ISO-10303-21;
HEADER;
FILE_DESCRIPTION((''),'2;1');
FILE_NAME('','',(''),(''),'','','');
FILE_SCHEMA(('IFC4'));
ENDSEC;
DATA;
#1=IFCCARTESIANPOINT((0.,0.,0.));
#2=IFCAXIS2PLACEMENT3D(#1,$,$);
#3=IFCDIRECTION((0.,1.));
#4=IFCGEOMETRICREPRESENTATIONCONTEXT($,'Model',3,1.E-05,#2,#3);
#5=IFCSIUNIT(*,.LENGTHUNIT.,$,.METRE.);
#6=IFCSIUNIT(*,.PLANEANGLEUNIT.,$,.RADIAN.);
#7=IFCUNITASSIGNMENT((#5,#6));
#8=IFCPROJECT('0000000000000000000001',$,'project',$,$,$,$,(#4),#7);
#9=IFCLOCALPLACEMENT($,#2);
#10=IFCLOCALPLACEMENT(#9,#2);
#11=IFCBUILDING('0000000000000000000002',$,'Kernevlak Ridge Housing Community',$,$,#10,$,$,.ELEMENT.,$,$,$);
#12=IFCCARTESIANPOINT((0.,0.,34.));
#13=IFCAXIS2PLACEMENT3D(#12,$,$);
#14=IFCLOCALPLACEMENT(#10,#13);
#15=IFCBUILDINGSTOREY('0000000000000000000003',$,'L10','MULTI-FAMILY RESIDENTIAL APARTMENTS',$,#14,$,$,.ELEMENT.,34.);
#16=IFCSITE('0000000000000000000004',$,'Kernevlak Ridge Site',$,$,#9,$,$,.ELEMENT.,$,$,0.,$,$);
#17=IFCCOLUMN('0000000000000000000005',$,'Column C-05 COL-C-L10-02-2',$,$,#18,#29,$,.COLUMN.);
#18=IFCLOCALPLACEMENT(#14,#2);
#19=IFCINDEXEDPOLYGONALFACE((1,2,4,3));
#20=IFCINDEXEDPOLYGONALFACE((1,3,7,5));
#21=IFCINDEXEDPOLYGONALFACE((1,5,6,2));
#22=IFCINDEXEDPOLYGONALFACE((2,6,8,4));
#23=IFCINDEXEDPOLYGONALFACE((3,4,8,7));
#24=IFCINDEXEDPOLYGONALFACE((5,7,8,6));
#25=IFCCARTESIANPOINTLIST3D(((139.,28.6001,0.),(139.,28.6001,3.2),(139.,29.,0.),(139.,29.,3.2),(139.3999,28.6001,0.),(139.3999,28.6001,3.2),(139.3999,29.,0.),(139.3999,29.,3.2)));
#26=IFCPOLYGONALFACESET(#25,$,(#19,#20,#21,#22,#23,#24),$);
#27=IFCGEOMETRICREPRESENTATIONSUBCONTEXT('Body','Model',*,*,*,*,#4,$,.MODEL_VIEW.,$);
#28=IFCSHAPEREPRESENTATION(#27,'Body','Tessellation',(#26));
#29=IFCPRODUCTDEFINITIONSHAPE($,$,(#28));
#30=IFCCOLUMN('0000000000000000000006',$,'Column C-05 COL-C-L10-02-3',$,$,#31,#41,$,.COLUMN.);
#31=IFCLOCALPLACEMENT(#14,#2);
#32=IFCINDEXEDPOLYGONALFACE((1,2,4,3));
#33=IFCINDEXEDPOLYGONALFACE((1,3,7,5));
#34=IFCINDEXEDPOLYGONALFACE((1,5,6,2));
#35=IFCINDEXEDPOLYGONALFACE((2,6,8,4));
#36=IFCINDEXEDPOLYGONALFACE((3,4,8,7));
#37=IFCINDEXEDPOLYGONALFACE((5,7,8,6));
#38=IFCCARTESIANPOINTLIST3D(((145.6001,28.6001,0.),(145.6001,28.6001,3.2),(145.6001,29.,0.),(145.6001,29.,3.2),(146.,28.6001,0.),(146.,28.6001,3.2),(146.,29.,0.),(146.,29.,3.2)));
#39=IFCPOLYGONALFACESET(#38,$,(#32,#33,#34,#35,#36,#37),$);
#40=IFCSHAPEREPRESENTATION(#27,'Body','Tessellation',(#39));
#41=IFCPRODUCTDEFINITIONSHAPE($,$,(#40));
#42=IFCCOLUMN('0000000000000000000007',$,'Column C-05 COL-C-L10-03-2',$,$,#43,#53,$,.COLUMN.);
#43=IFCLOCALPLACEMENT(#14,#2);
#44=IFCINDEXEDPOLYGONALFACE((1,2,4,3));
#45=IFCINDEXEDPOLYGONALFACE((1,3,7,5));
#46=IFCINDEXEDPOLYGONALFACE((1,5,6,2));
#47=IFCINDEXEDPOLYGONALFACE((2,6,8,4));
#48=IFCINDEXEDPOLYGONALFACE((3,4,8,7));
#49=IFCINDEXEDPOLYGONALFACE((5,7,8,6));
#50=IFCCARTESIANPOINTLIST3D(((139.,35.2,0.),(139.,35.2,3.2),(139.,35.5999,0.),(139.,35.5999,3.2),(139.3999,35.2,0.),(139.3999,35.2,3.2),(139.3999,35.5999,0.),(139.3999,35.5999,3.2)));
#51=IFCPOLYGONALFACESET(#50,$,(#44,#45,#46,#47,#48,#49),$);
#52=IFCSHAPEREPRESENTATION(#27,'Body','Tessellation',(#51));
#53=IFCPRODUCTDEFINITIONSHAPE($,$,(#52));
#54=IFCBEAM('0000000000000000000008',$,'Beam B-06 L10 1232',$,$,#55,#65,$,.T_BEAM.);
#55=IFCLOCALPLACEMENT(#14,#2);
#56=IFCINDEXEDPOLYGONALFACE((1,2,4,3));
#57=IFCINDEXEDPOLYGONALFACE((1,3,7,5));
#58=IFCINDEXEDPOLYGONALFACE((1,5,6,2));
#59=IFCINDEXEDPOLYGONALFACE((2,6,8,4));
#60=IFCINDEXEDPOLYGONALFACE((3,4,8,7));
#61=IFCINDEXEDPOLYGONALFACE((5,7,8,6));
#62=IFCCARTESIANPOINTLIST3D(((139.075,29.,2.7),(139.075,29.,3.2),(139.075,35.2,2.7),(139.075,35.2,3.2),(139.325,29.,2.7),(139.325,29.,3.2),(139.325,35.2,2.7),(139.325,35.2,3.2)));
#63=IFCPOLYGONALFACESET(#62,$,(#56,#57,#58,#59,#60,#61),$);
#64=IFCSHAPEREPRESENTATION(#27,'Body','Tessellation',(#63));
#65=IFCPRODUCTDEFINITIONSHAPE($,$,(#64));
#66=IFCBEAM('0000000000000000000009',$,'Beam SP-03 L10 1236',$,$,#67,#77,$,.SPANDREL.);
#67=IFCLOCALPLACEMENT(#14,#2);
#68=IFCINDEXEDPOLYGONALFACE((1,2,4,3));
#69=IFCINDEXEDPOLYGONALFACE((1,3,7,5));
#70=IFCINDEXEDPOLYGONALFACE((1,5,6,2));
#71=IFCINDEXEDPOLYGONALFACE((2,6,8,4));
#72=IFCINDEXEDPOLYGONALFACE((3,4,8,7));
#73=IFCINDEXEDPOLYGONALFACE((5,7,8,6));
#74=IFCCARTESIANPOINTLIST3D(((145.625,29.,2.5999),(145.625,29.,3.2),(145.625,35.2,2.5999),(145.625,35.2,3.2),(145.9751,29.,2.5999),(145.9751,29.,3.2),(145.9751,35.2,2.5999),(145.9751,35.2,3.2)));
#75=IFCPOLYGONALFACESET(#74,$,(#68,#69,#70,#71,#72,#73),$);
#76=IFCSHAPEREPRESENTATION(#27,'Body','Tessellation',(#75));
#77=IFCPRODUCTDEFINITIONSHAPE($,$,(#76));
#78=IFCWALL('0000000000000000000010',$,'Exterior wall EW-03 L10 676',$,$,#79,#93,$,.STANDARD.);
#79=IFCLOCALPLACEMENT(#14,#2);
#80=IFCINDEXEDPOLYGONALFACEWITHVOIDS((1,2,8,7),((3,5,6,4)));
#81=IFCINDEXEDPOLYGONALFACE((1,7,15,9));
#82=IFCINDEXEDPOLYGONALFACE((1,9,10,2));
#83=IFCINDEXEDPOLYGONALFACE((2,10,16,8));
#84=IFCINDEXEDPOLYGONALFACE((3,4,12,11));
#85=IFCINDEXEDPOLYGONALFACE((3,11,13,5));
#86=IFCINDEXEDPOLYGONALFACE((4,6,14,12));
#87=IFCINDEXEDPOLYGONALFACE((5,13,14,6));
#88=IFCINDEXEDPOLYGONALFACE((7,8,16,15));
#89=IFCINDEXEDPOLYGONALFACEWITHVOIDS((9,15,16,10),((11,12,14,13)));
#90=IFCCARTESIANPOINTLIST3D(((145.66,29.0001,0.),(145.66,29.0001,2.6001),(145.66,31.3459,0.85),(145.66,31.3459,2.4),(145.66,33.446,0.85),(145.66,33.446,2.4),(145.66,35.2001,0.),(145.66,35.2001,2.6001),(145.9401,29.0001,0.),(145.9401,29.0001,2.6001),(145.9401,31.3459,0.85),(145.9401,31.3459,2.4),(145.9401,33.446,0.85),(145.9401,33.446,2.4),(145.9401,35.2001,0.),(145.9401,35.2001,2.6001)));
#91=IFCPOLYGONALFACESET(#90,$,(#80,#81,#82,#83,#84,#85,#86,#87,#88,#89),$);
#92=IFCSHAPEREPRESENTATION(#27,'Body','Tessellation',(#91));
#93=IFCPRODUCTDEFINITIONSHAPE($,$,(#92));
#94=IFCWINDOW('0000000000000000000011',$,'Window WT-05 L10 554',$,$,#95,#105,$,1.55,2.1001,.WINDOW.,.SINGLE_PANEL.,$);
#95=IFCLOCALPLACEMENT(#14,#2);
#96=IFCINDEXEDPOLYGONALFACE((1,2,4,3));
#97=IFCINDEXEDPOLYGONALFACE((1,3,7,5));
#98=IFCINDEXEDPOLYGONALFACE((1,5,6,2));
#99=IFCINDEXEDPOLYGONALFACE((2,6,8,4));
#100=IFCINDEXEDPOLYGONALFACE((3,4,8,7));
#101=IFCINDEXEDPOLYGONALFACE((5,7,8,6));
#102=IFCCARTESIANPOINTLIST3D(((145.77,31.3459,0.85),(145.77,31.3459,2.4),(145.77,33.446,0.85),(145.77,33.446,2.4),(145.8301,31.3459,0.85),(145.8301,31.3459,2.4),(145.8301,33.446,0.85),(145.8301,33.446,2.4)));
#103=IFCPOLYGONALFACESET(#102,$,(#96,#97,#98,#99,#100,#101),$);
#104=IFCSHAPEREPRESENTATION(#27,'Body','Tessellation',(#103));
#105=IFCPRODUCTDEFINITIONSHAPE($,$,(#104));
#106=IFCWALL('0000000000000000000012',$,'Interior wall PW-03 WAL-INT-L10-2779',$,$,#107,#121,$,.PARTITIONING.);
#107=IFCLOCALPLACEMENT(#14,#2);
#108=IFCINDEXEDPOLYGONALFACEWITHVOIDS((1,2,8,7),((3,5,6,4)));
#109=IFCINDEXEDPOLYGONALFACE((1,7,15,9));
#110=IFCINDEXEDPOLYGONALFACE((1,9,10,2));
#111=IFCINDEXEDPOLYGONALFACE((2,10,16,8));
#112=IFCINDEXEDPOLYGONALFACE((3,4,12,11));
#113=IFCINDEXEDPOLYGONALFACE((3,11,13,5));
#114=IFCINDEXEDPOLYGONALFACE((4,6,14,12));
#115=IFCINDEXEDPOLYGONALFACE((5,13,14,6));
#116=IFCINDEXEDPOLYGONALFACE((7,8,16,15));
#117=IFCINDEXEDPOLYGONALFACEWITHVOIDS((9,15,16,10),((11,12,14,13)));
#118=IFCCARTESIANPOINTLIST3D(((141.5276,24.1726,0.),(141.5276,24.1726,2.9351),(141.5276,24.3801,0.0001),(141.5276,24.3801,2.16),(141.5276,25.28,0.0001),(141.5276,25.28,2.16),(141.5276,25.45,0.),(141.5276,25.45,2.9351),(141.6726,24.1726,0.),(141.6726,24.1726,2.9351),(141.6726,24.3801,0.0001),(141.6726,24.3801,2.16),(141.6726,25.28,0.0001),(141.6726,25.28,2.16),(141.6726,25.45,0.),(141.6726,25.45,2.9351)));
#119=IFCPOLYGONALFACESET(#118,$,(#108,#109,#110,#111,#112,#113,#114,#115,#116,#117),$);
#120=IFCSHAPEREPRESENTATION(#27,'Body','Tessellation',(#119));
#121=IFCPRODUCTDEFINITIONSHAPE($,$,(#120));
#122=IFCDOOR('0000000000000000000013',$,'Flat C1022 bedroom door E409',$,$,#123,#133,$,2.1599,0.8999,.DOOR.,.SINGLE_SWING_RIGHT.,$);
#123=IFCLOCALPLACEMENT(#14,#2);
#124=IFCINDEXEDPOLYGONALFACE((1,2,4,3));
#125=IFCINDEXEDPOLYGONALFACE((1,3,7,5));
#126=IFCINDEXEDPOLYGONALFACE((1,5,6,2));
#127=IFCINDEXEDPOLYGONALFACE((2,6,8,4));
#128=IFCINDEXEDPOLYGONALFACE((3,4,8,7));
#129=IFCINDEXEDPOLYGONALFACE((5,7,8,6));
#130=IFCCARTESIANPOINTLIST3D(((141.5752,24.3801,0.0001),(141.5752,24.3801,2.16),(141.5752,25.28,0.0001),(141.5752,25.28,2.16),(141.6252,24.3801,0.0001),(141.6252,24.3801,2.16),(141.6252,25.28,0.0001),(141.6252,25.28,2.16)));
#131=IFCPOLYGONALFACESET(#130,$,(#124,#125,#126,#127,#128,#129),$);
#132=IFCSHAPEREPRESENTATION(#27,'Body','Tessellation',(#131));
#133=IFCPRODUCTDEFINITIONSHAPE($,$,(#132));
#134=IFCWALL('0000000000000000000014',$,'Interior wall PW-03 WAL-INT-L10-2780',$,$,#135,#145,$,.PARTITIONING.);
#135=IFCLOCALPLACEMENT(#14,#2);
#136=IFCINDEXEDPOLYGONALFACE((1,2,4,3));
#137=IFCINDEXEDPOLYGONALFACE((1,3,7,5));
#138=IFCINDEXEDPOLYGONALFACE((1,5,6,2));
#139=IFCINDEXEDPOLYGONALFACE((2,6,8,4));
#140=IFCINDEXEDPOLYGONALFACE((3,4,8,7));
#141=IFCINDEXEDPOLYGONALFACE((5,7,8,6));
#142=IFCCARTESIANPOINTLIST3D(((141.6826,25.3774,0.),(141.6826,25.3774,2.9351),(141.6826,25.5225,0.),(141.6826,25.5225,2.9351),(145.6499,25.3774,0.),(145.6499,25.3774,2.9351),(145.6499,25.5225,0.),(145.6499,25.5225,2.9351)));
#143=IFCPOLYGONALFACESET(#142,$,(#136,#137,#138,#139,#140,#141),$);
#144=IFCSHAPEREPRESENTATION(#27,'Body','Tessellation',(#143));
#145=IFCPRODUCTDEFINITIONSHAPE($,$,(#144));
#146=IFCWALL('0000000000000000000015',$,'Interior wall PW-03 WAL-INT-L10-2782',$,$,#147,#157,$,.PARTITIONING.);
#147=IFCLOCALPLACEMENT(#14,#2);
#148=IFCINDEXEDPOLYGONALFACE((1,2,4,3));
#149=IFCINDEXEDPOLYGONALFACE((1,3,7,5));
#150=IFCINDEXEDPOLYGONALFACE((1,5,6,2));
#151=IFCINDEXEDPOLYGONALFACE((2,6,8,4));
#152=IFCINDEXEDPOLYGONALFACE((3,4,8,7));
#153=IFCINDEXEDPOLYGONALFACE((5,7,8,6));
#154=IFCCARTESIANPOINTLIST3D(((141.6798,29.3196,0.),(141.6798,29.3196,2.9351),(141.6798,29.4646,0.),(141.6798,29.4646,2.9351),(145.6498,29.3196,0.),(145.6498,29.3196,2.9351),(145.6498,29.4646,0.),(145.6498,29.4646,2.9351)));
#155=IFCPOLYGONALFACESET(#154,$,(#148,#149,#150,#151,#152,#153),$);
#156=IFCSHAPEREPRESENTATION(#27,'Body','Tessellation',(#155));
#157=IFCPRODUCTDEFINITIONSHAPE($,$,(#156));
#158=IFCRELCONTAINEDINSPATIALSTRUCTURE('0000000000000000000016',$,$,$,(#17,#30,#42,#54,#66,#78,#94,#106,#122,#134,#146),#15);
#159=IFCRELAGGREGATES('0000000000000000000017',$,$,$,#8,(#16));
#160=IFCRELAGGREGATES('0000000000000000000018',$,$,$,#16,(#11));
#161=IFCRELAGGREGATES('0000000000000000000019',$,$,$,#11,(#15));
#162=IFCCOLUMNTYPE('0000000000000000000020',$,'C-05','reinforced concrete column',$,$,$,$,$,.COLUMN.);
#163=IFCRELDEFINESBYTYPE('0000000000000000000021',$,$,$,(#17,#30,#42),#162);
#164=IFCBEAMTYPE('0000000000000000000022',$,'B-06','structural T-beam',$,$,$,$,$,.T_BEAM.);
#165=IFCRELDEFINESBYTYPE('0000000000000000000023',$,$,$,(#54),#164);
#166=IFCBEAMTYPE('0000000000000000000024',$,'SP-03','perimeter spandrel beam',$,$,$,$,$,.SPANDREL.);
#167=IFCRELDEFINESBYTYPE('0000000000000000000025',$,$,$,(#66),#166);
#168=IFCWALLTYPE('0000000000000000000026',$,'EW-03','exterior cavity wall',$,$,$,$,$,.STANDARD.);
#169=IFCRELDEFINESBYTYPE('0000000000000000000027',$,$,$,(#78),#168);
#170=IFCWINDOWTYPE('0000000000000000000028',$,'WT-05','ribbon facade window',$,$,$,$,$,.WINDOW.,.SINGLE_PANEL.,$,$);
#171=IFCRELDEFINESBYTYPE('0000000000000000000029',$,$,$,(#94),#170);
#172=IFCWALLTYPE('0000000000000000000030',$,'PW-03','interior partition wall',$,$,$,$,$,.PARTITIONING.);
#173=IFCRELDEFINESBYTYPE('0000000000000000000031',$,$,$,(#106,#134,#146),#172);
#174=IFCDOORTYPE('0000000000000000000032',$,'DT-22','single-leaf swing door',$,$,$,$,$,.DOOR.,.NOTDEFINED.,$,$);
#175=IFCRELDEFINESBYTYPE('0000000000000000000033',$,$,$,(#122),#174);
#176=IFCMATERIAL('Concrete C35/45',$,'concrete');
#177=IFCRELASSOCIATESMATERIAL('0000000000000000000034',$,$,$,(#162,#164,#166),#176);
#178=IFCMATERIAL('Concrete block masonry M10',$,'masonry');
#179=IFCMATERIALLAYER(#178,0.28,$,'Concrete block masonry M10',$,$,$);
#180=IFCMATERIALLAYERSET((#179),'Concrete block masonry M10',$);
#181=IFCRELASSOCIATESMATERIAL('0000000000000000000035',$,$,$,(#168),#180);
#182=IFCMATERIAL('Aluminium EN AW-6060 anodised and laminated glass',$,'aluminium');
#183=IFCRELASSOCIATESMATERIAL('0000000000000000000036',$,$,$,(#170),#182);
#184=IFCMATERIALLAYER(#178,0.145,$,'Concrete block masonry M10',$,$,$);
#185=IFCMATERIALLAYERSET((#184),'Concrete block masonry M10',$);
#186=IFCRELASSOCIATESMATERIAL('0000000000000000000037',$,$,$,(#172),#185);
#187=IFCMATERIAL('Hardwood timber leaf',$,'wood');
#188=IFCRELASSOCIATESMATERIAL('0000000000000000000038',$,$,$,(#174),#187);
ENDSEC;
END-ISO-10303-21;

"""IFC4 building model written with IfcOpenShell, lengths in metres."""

from ifc_helpers import new_model, si_unit, direction, frame, frame_2d, origin, origin_2d, place, context, subcontext, project, spatial, rectangle, extrude, material, layer, layer_set, material_profile, profile_set, type_object, element, fill, save


model = new_model("IFC4")

# Units and contexts
model_context = context("Model", 3, precision=1e-05, world=origin(), true_north=direction((0.0, 1.0)))
body_context = subcontext(model_context, "Body", "Model", "MODEL_VIEW")
ifc_project = project(units=[si_unit("LENGTHUNIT", "METRE"), si_unit("PLANEANGLEUNIT", "RADIAN")], contexts=[model_context])

# Site, building, storey
site_placement = place(None, origin())
site = spatial("IfcSite", under=ifc_project, at=site_placement, Name="Kernevlak Ridge Site", CompositionType="ELEMENT", RefElevation=0.0)
building_placement = place(site_placement, origin())
building = spatial("IfcBuilding", under=site, at=building_placement, Name="Kernevlak Ridge Housing Community", CompositionType="ELEMENT")
storey_placement = place(building_placement, frame((0.0, 0.0, 34.0)))
storey = spatial("IfcBuildingStorey", under=building, at=storey_placement, Name="L10", Description="MULTI-FAMILY RESIDENTIAL APARTMENTS", CompositionType="ELEMENT", Elevation=34.0)

# Columns
ifc_material_1 = material(Name="Concrete C35/45", Category="concrete")
ifc_material_profile_1 = material_profile(ifc_material_1, rectangle(XDim=0.3999, YDim=0.3999, at=origin_2d()), Name="RC 400x400")
ifc_profile_set_1 = profile_set([ifc_material_profile_1], Name="Concrete C35/45")
column_type = type_object("IfcColumnType", Name="C-05", Description="reinforced concrete column", PredefinedType="COLUMN", material=ifc_profile_set_1)
for number, where, z_axis, x_axis, name in (
    (1, (139.2, 28.8, 0.0), (0.0, 0.0, 1.0), (1.0, 0.0, 0.0), "Column C-05 COL-C-L10-02-2"),
    (2, (145.8, 28.8, 0.0), (0.0, 0.0, 1.0), (1.0, 0.0, 0.0), "Column C-05 COL-C-L10-02-3"),
    (3, (139.2, 35.3999, 0.0), (0.0, 0.0, 1.0), (1.0, 0.0, 0.0), "Column C-05 COL-C-L10-03-2"),
):
    element("IfcColumn", number, at=place(storey_placement, frame(where, z_axis=z_axis, x_axis=x_axis)), inside=storey, type_object=column_type, Name=name, PredefinedType="COLUMN", context=body_context, shape_type="SweptSolid", body=[
        extrude(rectangle(XDim=0.3999, YDim=0.3999, at=origin_2d()), origin(), (0.0, 0.0, 1.0), 3.2),
    ])

# Beams
ifc_material_profile_2 = material_profile(ifc_material_1, rectangle(XDim=0.25, YDim=0.5, at=origin_2d()), Name="RC 250x500")
ifc_profile_set_2 = profile_set([ifc_material_profile_2], Name="Concrete C35/45")
beam_type_1 = type_object("IfcBeamType", Name="B-06", Description="structural T-beam", PredefinedType="T_BEAM", material=ifc_profile_set_2)
beam_1_placement = place(storey_placement, frame((139.2, 29.0, 2.95), z_axis=(0.0, 1.0, 0.0), x_axis=(-1.0, 0.0, 0.0)))
element("IfcBeam", 4, at=beam_1_placement, inside=storey, type_object=beam_type_1, Name="Beam B-06 L10 1232", PredefinedType="T_BEAM", context=body_context, shape_type="SweptSolid", body=[
    extrude(rectangle(XDim=0.25, YDim=0.5, at=origin_2d()), origin(), (0.0, 0.0, 1.0), 6.2),
])
ifc_material_profile_3 = material_profile(ifc_material_1, rectangle(XDim=0.3501, YDim=0.6001, at=origin_2d()), Name="RC 350x600")
ifc_profile_set_3 = profile_set([ifc_material_profile_3], Name="Concrete C35/45")
beam_type_2 = type_object("IfcBeamType", Name="SP-03", Description="perimeter spandrel beam", PredefinedType="SPANDREL", material=ifc_profile_set_3)
beam_2_placement = place(storey_placement, frame((145.8, 29.0, 2.8999), z_axis=(0.0, 1.0, 0.0), x_axis=(-1.0, 0.0, 0.0)))
element("IfcBeam", 5, at=beam_2_placement, inside=storey, type_object=beam_type_2, Name="Beam SP-03 L10 1236", PredefinedType="SPANDREL", context=body_context, shape_type="SweptSolid", body=[
    extrude(rectangle(XDim=0.3501, YDim=0.6001, at=origin_2d()), origin(), (0.0, 0.0, 1.0), 6.2),
])

# Wall, opening, window
ifc_material_2 = material(Name="Concrete block masonry M10", Category="masonry")
ifc_layer_1 = layer(ifc_material_2, 0.28, Name="Concrete block masonry M10")
ifc_layer_set_1 = layer_set([ifc_layer_1], Name="Concrete block masonry M10")
wall_type_1 = type_object("IfcWallType", Name="EW-03", Description="exterior cavity wall", PredefinedType="STANDARD", material=ifc_layer_set_1)
wall_1_placement = place(storey_placement, frame((145.8, 29.0, 0.0), z_axis=(0.0, 0.0, 1.0), x_axis=(0.0, 1.0, 0.0)))
wall_1 = element("IfcWall", 6, at=wall_1_placement, inside=storey, type_object=wall_type_1, Name="Exterior wall EW-03 L10 676", PredefinedType="STANDARD", context=body_context, shape_type="SweptSolid", body=[
    extrude(rectangle(XDim=6.2, YDim=0.28, at=frame_2d((3.1001, 0.0))), origin(), (0.0, 0.0, 1.0), 2.6001),
])
opening_1_placement = place(wall_1_placement, frame((2.3459, 0.0, 0.8501)))
opening_1 = element("IfcOpeningElement", 7, at=opening_1_placement, cuts=wall_1, PredefinedType="OPENING", context=body_context, shape_type="SweptSolid", body=[
    extrude(rectangle(XDim=2.1001, YDim=1.55, at=frame_2d((1.05, 0.7749))), frame((0.0, 0.1499, 0.0), z_axis=(0.0, -1.0, 0.0), x_axis=(1.0, 0.0, 0.0)), (0.0, 0.0, 1.0), 0.3),
])
ifc_material_3 = material(Name="Aluminium EN AW-6060 anodised and laminated glass", Category="aluminium")
window_type = type_object("IfcWindowType", Name="WT-05", Description="ribbon facade window", PartitioningType="SINGLE_PANEL", PredefinedType="WINDOW", material=ifc_material_3)
window_placement = place(opening_1_placement, origin())
window = element("IfcWindow", 8, at=window_placement, inside=storey, type_object=window_type, Name="Window WT-05 L10 554", OverallHeight=1.55, OverallWidth=2.1001, PartitioningType="SINGLE_PANEL", PredefinedType="WINDOW", context=body_context, shape_type="SweptSolid", body=[
    extrude(rectangle(XDim=2.1001, YDim=1.55, at=frame_2d((1.05, 0.7749))), frame((0.0, 0.03, 0.0), z_axis=(0.0, -1.0, 0.0), x_axis=(1.0, 0.0, 0.0)), (0.0, 0.0, 1.0), 0.0601),
])
fill(opening_1, window)

# Wall, opening, door
ifc_layer_2 = layer(ifc_material_2, 0.145, Name="Concrete block masonry M10")
ifc_layer_set_2 = layer_set([ifc_layer_2], Name="Concrete block masonry M10")
wall_type_2 = type_object("IfcWallType", Name="PW-03", Description="interior partition wall", PredefinedType="PARTITIONING", material=ifc_layer_set_2)
wall_2_placement = place(storey_placement, frame((141.6001, 24.1726, 0.0), z_axis=(0.0, 0.0, 1.0), x_axis=(0.0, 1.0, 0.0)))
wall_2 = element("IfcWall", 9, at=wall_2_placement, inside=storey, type_object=wall_type_2, Name="Interior wall PW-03 WAL-INT-L10-2779", PredefinedType="PARTITIONING", context=body_context, shape_type="SweptSolid", body=[
    extrude(rectangle(XDim=1.2773, YDim=0.145, at=frame_2d((0.6387, 0.0))), origin(), (0.0, 0.0, 1.0), 2.9351),
])
opening_2_placement = place(wall_2_placement, frame((0.2075, 0.0, 0.0)))
opening_2 = element("IfcOpeningElement", 10, at=opening_2_placement, cuts=wall_2, PredefinedType="OPENING", context=body_context, shape_type="SweptSolid", body=[
    extrude(rectangle(XDim=0.8999, YDim=2.1599, at=frame_2d((0.45, 1.0801))), frame((0.0, 0.0825, 0.0), z_axis=(0.0, -1.0, 0.0), x_axis=(1.0, 0.0, 0.0)), (0.0, 0.0, 1.0), 0.165),
])
ifc_material_4 = material(Name="Hardwood timber leaf", Category="wood")
door_type_1 = type_object("IfcDoorType", Name="DT-22", Description="single-leaf swing door", OperationType="NOTDEFINED", PredefinedType="DOOR", material=ifc_material_4)
door_1_placement = place(opening_2_placement, origin())
door_1 = element("IfcDoor", 11, at=door_1_placement, inside=storey, type_object=door_type_1, Name="Flat C1022 bedroom door E409", OperationType="SINGLE_SWING_RIGHT", OverallHeight=2.1599, OverallWidth=0.8999, PredefinedType="DOOR", context=body_context, shape_type="SweptSolid", body=[
    extrude(rectangle(XDim=0.8999, YDim=2.1599, at=frame_2d((0.45, 1.0801))), frame((0.0, 0.0249, 0.0), z_axis=(0.0, -1.0, 0.0), x_axis=(1.0, 0.0, 0.0)), (0.0, 0.0, 1.0), 0.05),
])
fill(opening_2, door_1)

# Walls
wall_3_placement = place(storey_placement, frame((141.6826, 25.45, 0.0), z_axis=(0.0, 0.0, 1.0), x_axis=(1.0, 0.0, 0.0)))
element("IfcWall", 12, at=wall_3_placement, inside=storey, type_object=wall_type_2, Name="Interior wall PW-03 WAL-INT-L10-2780", PredefinedType="PARTITIONING", context=body_context, shape_type="SweptSolid", body=[
    extrude(rectangle(XDim=3.9673, YDim=0.145, at=frame_2d((1.9836, 0.0))), origin(), (0.0, 0.0, 1.0), 2.9351),
])
wall_4_placement = place(storey_placement, frame((141.6799, 29.3921, 0.0), z_axis=(0.0, 0.0, 1.0), x_axis=(1.0, 0.0, 0.0)))
element("IfcWall", 13, at=wall_4_placement, inside=storey, type_object=wall_type_2, Name="Interior wall PW-03 WAL-INT-L10-2782", PredefinedType="PARTITIONING", context=body_context, shape_type="SweptSolid", body=[
    extrude(rectangle(XDim=3.97, YDim=0.145, at=frame_2d((1.9849, 0.0))), origin(), (0.0, 0.0, 1.0), 2.9351),
])

save(model, "model.ifc")
